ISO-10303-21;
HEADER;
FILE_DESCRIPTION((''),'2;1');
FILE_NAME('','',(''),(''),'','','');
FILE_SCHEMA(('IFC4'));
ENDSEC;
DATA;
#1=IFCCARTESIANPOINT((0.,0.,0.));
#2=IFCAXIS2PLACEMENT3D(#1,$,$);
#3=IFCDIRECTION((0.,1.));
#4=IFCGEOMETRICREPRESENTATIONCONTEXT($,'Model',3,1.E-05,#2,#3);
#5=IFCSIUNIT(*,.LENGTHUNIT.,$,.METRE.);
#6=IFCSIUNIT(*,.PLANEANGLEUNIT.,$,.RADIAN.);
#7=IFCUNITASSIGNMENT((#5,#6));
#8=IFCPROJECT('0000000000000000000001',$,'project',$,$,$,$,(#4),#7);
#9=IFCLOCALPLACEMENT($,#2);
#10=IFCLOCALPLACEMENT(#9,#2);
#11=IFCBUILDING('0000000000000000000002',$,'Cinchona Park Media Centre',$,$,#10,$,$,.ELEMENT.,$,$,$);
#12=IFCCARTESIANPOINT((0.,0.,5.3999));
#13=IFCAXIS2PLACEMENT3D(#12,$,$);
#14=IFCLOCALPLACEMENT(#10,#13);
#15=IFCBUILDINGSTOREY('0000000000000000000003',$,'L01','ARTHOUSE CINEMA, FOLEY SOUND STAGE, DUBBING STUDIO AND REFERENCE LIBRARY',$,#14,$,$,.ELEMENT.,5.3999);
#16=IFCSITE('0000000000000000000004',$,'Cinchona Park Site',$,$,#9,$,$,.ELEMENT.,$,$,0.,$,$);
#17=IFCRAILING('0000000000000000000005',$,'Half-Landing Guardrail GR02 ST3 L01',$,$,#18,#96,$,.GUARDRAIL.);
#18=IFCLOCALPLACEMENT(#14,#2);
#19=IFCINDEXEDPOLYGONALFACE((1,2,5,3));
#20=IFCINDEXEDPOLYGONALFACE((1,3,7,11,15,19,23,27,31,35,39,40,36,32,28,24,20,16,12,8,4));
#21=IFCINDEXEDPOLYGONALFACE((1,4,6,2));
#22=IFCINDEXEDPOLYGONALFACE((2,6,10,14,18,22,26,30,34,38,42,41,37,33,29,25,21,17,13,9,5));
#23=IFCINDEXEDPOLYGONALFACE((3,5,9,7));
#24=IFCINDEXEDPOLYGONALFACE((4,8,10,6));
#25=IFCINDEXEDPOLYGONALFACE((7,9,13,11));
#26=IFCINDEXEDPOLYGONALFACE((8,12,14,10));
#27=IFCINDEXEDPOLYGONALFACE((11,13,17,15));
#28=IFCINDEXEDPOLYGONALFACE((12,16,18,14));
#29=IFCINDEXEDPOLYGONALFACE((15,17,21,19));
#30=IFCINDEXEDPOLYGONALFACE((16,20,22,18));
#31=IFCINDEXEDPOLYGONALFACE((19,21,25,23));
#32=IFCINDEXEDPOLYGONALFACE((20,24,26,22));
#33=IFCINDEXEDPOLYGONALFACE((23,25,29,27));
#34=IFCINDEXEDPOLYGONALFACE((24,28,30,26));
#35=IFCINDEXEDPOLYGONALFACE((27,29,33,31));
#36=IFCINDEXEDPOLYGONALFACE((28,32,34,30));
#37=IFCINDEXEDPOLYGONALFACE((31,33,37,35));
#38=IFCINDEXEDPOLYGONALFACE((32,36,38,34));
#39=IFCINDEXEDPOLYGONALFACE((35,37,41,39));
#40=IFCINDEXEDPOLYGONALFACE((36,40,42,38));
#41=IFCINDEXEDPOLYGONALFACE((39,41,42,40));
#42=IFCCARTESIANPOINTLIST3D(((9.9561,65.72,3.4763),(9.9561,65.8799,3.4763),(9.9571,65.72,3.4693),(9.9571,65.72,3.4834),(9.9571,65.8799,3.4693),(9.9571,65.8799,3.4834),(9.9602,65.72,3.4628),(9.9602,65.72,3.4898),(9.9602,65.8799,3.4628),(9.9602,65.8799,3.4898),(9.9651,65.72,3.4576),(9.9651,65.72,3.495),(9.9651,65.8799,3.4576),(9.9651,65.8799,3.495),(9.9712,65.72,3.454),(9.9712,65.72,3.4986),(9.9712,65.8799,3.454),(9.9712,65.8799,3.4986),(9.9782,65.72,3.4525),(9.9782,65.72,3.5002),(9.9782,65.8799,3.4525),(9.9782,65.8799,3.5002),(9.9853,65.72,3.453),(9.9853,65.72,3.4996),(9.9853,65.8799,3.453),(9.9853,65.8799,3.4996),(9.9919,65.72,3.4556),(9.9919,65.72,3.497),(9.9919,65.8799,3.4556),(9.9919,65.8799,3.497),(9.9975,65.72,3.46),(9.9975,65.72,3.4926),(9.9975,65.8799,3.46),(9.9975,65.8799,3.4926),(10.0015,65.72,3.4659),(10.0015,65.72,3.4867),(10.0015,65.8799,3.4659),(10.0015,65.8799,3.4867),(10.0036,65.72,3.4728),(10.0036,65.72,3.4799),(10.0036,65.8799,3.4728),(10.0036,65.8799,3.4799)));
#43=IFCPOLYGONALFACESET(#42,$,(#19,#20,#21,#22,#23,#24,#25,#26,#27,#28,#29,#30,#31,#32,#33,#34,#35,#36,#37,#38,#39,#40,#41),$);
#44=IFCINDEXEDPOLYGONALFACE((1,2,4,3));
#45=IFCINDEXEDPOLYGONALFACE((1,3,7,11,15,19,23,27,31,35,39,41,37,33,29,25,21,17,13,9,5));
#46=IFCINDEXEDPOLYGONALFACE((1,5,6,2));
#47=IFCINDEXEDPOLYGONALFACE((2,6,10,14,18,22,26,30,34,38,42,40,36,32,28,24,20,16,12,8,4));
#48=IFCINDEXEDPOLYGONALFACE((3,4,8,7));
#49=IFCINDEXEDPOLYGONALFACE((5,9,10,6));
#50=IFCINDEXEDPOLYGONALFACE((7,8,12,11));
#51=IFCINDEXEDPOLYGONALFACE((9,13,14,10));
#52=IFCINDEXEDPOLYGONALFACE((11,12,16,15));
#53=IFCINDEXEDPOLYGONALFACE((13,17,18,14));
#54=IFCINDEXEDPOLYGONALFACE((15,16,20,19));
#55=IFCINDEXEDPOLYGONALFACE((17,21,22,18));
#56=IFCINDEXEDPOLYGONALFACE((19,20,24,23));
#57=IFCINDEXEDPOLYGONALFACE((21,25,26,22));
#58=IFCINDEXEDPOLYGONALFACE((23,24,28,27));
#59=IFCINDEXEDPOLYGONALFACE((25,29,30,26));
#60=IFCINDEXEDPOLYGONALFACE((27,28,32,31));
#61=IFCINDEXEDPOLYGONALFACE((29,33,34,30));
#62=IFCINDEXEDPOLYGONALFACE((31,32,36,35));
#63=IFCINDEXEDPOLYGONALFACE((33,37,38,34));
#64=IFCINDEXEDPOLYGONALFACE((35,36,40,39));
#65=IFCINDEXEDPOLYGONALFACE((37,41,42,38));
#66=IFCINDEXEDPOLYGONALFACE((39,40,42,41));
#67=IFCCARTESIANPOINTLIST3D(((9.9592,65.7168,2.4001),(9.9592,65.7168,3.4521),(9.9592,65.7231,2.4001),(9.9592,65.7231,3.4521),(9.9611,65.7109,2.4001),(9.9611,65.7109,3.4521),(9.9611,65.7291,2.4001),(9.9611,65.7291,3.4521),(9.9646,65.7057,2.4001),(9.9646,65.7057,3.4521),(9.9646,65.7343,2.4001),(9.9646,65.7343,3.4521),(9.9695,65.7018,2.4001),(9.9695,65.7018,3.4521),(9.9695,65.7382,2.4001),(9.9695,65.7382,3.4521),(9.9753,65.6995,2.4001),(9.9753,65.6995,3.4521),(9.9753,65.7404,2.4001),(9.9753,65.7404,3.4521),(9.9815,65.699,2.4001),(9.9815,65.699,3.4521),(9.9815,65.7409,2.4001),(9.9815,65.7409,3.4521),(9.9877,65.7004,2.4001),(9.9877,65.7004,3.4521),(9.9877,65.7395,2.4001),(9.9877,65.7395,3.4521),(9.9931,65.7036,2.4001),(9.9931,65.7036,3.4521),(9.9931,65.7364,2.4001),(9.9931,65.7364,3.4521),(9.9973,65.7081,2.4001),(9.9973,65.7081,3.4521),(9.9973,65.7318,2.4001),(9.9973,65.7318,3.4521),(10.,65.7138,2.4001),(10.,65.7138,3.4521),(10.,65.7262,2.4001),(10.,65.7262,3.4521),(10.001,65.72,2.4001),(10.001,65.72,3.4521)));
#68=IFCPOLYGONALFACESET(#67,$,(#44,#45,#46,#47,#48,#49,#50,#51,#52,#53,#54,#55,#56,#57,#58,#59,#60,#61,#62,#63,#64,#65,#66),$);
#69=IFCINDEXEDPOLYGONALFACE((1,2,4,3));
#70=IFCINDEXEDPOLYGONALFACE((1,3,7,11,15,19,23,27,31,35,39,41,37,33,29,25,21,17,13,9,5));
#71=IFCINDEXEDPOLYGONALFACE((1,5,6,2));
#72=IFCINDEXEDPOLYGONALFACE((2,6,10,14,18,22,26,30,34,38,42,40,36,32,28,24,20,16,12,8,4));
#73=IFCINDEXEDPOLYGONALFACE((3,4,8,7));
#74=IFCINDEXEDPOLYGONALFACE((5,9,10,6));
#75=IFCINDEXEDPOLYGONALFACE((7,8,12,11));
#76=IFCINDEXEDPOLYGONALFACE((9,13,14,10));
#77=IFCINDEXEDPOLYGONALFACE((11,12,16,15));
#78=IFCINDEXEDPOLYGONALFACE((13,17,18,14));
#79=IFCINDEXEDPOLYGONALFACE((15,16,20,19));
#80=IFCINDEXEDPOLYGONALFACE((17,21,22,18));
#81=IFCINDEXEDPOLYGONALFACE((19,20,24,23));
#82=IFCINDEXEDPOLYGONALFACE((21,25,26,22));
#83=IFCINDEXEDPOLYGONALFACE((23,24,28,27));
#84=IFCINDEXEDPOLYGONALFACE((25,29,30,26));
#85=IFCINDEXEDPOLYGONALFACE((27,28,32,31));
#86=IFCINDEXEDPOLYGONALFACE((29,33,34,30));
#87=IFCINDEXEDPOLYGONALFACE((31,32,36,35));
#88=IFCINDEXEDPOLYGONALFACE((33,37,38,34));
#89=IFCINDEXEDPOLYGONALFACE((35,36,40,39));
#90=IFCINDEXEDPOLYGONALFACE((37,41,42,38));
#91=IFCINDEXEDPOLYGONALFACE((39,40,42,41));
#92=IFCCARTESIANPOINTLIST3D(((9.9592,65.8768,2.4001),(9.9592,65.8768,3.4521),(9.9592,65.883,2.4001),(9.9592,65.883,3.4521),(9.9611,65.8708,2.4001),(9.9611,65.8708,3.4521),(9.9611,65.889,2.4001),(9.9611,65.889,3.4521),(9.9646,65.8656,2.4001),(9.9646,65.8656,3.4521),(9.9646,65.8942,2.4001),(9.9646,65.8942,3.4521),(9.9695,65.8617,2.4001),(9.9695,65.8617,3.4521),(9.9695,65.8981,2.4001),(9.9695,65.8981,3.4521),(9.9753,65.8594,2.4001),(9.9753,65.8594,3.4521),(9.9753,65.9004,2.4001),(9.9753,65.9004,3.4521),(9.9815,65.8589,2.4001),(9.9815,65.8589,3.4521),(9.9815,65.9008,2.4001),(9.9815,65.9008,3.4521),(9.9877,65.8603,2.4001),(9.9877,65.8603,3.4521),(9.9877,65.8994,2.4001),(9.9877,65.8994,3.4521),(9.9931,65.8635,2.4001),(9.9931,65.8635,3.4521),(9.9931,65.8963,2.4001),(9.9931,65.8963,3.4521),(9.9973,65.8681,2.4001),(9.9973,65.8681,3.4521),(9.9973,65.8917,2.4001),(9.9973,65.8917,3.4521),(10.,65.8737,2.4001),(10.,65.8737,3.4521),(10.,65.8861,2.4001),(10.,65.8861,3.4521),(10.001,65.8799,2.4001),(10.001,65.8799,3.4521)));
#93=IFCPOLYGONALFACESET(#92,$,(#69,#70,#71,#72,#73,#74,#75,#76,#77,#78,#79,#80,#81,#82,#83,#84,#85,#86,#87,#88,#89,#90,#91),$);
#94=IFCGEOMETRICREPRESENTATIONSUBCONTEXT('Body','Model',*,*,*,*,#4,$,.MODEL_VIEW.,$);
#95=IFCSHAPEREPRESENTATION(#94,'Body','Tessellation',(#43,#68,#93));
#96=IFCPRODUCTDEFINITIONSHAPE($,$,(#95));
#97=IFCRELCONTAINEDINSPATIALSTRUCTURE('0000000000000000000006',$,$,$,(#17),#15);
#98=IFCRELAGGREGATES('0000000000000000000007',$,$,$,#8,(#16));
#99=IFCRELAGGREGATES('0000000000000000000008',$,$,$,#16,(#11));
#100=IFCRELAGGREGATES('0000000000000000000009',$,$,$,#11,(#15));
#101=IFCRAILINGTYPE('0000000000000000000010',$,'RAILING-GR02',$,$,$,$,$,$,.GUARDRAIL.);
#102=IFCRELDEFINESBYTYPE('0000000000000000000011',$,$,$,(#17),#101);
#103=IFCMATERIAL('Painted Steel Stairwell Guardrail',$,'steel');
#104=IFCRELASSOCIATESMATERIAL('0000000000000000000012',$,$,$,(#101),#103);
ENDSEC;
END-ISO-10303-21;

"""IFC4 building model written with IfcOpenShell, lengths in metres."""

from ifc_helpers import new_model, si_unit, direction, frame, origin, origin_2d, place, context, subcontext, project, spatial, circle, extrude, material, type_object, element, save


model = new_model("IFC4")

# Units and contexts
model_context = context("Model", 3, precision=1e-05, world=origin(), true_north=direction((0.0, 1.0)))
body_context = subcontext(model_context, "Body", "Model", "MODEL_VIEW")
ifc_project = project(units=[si_unit("LENGTHUNIT", "METRE"), si_unit("PLANEANGLEUNIT", "RADIAN")], contexts=[model_context])

# Site, building, storey
site_placement = place(None, origin())
site = spatial("IfcSite", under=ifc_project, at=site_placement, Name="Cinchona Park Site", CompositionType="ELEMENT", RefElevation=0.0)
building_placement = place(site_placement, origin())
building = spatial("IfcBuilding", under=site, at=building_placement, Name="Cinchona Park Media Centre", CompositionType="ELEMENT")
storey_placement = place(building_placement, frame((0.0, 0.0, 5.3999)))
storey = spatial("IfcBuildingStorey", under=building, at=storey_placement, Name="L01", Description="ARTHOUSE CINEMA, FOLEY SOUND STAGE, DUBBING STUDIO AND REFERENCE LIBRARY", CompositionType="ELEMENT", Elevation=5.3999)

# Railing
ifc_material_1 = material(Name="Painted Steel Stairwell Guardrail", Category="steel")
railing_type_1 = type_object("IfcRailingType", Name="RAILING-GR02", PredefinedType="GUARDRAIL", material=ifc_material_1)
for number, where, name in (
    (1, (9.98, 65.72, 2.4001), "Half-Landing Guardrail GR02 ST3 L01"),
):
    element("IfcRailing", number, at=place(storey_placement, frame(where)), inside=storey, type_object=railing_type_1, Name=name, PredefinedType="GUARDRAIL", context=body_context, shape_type="SweptSolid", body=[
        extrude(circle(Radius=0.0239, at=origin_2d()), frame((0.0, 0.0, 1.0762), z_axis=(0.0, 1.0, 0.0), x_axis=(-1.0, 0.0, 0.0)), (0.0, 0.0, 1.0), 0.1599),
        extrude(circle(Radius=0.021, at=origin_2d()), origin(), (0.0, 0.0, 1.0), 1.052),
        extrude(circle(Radius=0.021, at=origin_2d()), frame((0.0, 0.1599, 0.0)), (0.0, 0.0, 1.0), 1.052),
    ])

save(model, "model.ifc")
